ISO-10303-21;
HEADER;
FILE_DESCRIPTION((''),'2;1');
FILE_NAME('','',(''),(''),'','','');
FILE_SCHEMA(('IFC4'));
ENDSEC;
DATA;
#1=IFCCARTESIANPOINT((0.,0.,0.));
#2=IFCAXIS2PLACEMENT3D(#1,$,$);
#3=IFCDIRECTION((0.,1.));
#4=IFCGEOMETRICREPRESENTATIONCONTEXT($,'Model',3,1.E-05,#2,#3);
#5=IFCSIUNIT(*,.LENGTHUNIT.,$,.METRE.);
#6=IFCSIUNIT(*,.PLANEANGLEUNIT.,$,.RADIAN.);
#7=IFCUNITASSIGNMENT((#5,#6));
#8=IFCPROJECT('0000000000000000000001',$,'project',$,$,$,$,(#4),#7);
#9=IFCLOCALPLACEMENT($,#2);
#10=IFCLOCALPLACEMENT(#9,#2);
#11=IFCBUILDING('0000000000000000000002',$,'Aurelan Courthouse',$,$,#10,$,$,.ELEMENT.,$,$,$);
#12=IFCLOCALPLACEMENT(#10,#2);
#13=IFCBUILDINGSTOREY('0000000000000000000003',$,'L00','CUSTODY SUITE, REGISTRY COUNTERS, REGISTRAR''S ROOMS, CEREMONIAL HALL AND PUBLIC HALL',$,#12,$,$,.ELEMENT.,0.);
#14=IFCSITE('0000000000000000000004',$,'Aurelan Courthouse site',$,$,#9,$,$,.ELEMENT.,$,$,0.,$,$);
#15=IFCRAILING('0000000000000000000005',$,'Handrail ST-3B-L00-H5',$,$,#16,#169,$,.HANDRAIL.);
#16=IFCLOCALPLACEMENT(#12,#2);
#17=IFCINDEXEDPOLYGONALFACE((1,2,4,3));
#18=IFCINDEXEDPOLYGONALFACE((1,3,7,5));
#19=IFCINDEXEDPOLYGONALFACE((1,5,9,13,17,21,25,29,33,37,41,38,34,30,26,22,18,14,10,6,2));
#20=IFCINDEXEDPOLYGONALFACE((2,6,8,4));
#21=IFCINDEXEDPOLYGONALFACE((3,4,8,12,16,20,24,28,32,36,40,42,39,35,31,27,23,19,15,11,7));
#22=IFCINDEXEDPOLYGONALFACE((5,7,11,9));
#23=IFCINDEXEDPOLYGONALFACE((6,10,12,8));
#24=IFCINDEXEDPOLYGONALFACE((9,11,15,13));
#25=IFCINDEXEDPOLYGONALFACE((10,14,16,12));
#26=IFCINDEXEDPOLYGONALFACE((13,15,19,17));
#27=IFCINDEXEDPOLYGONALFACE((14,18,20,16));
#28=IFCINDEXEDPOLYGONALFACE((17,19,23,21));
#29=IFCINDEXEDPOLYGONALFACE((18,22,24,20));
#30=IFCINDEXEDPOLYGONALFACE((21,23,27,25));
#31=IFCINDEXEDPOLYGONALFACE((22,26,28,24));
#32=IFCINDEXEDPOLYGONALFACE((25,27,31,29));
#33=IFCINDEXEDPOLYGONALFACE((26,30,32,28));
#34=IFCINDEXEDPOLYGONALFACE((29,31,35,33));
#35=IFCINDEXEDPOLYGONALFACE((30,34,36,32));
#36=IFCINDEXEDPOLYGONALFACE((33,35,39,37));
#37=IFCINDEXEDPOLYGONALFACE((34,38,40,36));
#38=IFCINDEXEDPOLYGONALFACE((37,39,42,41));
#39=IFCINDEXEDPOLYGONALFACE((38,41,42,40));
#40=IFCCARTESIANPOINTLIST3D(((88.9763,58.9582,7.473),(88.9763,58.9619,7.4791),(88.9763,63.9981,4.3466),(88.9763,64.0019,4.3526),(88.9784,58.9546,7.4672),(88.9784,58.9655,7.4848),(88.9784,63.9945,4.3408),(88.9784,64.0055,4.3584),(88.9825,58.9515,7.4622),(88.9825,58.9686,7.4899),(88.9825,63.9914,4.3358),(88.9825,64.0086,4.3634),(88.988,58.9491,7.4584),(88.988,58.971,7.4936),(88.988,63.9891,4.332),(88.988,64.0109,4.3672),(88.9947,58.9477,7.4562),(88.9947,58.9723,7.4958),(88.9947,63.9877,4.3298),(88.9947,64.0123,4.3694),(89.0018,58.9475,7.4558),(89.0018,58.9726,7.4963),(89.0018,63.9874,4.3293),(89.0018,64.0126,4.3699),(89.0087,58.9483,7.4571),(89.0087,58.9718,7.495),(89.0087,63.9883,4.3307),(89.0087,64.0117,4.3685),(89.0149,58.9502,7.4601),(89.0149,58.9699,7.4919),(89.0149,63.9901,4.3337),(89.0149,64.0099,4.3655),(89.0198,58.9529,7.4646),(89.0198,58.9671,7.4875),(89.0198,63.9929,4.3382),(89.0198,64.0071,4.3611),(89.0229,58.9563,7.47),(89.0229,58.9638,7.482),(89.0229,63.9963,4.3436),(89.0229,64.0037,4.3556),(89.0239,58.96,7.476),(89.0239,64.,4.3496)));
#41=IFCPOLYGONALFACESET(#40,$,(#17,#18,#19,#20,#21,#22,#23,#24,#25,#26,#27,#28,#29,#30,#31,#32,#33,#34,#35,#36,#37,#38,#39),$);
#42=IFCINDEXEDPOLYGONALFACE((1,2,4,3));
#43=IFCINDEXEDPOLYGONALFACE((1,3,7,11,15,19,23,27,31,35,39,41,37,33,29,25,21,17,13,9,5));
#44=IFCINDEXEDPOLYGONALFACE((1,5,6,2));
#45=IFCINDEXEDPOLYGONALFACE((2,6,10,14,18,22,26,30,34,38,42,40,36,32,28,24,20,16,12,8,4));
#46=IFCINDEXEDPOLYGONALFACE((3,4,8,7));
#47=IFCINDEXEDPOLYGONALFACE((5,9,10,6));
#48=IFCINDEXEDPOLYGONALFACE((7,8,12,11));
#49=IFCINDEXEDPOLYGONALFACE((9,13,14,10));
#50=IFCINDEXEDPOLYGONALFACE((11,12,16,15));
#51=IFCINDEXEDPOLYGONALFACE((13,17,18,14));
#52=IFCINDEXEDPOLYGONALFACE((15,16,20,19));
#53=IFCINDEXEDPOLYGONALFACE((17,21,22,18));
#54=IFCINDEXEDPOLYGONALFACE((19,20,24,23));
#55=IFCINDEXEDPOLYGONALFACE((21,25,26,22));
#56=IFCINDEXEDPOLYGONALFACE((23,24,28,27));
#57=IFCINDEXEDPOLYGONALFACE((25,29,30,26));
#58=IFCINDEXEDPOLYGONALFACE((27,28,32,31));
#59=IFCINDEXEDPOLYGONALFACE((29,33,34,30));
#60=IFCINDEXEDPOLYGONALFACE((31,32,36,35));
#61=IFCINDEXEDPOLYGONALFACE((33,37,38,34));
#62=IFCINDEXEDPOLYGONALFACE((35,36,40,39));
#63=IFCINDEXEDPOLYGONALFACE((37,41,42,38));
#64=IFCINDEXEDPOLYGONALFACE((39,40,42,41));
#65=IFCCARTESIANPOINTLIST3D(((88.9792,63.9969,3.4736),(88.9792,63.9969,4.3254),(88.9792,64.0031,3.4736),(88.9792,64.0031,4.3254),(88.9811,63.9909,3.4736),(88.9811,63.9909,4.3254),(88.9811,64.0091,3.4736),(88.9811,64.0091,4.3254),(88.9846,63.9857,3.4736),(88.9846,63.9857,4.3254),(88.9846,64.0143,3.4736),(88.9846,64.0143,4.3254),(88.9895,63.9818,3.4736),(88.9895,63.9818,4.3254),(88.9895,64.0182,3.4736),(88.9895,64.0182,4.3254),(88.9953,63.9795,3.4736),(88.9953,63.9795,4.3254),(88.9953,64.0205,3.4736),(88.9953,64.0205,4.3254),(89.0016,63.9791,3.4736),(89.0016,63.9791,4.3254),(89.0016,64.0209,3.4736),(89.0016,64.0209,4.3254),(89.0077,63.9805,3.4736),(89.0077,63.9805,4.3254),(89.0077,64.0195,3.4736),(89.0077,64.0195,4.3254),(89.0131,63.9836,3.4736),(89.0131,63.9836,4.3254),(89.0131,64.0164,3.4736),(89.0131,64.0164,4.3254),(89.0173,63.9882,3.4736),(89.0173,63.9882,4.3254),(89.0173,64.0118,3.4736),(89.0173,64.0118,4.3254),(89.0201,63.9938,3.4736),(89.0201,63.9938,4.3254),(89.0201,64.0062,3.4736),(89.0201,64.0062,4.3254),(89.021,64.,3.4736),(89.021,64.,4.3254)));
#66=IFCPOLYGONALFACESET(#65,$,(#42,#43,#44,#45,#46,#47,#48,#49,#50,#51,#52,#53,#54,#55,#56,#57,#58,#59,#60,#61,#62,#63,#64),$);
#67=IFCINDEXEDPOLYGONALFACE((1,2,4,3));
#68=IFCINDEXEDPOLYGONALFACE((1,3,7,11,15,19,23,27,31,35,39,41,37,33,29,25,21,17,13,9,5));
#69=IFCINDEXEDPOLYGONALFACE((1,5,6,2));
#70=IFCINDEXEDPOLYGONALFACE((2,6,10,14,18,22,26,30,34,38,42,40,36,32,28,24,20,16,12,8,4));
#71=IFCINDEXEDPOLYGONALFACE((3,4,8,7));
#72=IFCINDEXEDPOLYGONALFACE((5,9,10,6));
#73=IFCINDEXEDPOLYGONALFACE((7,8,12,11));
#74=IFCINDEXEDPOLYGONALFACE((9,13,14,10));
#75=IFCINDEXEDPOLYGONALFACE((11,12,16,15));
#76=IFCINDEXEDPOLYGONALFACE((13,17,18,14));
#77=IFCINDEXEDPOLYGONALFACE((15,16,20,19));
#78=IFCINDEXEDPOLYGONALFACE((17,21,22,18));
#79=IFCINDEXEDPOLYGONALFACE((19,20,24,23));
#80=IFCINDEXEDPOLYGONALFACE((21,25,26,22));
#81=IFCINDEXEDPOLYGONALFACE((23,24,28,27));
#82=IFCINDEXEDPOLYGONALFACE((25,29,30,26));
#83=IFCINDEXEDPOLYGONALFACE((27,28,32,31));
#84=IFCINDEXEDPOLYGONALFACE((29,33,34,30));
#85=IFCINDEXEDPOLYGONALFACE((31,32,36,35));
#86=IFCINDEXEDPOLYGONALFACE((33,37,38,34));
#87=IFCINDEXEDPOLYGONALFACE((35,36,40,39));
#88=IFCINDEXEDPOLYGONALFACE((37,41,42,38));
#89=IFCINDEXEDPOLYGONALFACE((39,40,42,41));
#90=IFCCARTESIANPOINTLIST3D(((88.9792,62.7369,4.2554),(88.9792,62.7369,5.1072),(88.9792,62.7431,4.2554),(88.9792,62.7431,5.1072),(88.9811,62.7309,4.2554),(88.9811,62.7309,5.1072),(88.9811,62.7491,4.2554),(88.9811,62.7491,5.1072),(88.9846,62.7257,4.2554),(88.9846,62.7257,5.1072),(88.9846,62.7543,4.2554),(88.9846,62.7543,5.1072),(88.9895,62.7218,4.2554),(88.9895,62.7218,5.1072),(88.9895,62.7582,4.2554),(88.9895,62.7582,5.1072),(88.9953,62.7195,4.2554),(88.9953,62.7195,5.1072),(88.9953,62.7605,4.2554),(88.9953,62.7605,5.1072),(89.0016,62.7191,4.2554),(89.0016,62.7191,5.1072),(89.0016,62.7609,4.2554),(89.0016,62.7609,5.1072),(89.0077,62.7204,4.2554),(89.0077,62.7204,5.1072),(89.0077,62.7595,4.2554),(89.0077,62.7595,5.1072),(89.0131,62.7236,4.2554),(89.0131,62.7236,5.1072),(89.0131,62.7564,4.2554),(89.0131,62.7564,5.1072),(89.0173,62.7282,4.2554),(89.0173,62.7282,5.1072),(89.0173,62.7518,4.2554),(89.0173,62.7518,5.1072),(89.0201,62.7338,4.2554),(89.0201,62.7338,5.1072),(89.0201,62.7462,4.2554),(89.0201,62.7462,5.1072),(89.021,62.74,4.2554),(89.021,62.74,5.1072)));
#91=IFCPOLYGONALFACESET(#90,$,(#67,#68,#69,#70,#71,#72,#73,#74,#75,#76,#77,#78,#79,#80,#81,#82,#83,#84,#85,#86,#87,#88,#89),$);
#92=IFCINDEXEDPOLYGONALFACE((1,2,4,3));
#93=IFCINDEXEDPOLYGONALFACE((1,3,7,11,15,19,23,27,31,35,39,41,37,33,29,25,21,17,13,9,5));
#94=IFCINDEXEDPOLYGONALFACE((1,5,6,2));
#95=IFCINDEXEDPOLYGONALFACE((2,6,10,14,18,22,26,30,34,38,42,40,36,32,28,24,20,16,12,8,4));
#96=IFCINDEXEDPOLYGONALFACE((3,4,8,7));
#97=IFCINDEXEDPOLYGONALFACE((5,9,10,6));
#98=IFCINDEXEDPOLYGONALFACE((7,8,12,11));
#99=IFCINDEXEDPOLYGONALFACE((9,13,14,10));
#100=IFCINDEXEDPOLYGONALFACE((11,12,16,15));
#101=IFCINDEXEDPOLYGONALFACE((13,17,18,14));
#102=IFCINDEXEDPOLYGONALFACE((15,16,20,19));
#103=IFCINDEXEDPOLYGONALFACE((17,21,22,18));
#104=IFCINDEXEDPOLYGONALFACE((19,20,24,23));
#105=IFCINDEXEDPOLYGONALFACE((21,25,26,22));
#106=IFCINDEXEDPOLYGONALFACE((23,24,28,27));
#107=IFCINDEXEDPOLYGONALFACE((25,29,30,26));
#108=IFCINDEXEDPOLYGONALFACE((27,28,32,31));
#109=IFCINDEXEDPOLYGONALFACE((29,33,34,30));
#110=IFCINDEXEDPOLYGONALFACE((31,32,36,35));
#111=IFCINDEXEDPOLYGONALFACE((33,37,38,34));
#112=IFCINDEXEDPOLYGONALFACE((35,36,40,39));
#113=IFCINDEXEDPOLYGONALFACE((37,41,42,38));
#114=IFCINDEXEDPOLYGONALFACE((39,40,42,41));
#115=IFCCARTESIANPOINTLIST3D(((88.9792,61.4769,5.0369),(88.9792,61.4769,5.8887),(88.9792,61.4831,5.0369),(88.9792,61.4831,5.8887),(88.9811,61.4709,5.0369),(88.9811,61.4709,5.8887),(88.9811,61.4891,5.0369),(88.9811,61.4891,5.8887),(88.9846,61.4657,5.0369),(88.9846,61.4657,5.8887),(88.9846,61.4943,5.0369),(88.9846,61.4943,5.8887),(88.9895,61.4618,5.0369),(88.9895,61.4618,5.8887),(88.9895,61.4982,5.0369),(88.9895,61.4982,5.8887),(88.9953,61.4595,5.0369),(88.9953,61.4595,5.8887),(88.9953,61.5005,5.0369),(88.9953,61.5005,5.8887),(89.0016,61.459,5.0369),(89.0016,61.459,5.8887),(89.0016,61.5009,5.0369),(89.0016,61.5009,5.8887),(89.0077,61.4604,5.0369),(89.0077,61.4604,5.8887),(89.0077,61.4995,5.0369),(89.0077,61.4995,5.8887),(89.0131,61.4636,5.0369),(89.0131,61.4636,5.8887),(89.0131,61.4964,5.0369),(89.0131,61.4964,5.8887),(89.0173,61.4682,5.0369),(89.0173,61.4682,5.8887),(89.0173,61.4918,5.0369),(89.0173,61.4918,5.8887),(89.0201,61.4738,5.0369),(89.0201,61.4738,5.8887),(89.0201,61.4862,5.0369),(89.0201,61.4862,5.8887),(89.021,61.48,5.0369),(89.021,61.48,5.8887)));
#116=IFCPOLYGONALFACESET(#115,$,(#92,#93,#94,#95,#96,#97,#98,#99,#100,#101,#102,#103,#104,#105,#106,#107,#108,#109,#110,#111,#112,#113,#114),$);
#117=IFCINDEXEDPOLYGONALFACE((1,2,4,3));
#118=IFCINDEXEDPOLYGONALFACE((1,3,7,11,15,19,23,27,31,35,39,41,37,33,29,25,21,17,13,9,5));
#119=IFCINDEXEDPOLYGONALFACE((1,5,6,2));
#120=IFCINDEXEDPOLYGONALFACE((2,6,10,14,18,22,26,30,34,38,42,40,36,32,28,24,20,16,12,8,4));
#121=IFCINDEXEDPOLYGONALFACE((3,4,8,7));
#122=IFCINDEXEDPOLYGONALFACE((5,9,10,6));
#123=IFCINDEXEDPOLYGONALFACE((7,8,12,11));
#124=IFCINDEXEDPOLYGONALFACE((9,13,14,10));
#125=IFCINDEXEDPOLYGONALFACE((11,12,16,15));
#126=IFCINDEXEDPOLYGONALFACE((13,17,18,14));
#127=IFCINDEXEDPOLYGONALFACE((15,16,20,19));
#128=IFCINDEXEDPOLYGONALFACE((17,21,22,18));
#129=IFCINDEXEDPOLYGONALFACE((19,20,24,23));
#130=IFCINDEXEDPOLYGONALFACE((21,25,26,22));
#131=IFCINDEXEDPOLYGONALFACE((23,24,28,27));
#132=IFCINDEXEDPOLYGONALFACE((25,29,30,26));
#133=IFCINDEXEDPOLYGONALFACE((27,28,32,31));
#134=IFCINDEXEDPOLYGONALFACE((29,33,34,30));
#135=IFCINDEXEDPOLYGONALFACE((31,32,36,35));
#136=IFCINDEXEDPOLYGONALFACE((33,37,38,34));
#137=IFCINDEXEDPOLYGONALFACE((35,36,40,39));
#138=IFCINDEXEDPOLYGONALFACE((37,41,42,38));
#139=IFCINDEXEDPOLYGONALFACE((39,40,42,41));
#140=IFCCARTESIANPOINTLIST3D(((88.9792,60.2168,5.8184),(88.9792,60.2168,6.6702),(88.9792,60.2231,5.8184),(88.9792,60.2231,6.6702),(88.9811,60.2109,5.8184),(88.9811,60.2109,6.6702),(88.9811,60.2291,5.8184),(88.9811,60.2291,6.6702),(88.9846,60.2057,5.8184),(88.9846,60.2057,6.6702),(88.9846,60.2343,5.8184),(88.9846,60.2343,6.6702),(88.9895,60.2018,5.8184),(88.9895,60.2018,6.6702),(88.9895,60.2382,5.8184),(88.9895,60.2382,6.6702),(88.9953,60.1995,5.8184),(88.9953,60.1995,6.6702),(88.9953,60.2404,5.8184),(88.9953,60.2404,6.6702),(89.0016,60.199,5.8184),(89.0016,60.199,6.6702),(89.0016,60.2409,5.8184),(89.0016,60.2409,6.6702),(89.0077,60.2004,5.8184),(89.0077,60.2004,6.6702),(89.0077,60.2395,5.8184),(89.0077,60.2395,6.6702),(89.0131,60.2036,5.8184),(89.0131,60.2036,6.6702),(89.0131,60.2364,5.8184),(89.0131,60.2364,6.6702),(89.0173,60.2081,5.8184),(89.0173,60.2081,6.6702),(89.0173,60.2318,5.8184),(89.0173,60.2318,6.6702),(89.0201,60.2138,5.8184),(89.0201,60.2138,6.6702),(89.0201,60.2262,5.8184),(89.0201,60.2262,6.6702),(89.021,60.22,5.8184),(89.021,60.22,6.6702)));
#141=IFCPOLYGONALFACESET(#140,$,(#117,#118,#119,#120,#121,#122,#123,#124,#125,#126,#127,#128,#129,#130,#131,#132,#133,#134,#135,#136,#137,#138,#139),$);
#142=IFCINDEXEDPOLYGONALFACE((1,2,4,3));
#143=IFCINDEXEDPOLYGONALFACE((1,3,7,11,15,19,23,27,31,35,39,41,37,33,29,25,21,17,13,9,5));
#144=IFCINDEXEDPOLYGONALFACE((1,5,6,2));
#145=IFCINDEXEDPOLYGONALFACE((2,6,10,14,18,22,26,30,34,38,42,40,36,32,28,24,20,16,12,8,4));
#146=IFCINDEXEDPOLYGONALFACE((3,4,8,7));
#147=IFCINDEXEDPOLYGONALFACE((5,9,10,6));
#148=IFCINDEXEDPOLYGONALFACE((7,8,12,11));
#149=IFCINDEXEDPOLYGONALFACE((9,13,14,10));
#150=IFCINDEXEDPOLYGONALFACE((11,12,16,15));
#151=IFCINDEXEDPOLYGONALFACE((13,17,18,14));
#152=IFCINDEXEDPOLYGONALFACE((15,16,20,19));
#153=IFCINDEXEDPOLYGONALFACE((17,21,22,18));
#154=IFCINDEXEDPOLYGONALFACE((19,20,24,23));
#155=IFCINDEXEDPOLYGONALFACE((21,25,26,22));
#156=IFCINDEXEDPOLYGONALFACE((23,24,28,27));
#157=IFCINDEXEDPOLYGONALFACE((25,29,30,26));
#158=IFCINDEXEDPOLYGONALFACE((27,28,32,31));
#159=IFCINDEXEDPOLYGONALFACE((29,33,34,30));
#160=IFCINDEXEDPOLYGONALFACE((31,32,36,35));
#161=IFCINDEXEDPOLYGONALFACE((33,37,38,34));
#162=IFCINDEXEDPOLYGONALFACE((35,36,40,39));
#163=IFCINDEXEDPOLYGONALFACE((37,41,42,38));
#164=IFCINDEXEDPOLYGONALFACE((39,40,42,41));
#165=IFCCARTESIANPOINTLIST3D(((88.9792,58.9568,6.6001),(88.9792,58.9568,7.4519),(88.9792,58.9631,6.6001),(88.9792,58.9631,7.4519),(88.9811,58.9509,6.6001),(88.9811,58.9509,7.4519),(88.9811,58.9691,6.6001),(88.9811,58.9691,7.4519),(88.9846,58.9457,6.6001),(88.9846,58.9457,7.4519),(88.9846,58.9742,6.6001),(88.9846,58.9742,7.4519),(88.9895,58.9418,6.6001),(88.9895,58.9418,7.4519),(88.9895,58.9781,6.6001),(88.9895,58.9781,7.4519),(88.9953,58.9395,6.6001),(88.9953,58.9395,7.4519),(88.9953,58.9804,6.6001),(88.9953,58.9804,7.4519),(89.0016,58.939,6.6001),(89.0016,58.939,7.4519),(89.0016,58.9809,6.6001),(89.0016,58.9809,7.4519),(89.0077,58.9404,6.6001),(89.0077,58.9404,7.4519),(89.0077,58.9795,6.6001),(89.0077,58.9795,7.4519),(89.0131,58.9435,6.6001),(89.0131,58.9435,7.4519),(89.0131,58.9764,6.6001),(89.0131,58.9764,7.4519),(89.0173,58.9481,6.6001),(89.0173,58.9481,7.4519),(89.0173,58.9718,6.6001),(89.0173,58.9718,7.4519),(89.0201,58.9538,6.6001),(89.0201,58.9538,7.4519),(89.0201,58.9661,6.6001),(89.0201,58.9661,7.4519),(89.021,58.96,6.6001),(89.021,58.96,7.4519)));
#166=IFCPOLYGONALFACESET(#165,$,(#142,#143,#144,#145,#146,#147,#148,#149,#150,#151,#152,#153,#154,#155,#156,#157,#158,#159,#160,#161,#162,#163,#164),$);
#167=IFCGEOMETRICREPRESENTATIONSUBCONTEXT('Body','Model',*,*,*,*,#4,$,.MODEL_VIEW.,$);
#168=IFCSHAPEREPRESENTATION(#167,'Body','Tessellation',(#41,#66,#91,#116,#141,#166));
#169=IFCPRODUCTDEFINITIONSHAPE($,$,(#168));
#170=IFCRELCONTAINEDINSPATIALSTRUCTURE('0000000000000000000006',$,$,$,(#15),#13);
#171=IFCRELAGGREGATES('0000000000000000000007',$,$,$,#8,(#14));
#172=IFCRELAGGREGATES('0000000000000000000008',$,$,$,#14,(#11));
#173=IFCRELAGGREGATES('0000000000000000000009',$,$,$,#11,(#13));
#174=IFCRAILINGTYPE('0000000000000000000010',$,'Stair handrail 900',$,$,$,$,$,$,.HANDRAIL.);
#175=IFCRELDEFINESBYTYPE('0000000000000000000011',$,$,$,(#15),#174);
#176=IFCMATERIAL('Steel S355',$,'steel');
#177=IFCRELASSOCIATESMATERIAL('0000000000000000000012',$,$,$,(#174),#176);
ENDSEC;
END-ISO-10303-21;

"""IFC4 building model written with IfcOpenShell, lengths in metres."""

from ifc_helpers import new_model, si_unit, direction, frame, origin, origin_2d, place, context, subcontext, project, spatial, circle, extrude, material, type_object, element, save


model = new_model("IFC4")

# Units and contexts
model_context = context("Model", 3, precision=1e-05, world=origin(), true_north=direction((0.0, 1.0)))
body_context = subcontext(model_context, "Body", "Model", "MODEL_VIEW")
ifc_project = project(units=[si_unit("LENGTHUNIT", "METRE"), si_unit("PLANEANGLEUNIT", "RADIAN")], contexts=[model_context])

# Site, building, storey
site_placement = place(None, origin())
site = spatial("IfcSite", under=ifc_project, at=site_placement, Name="Aurelan Courthouse site", CompositionType="ELEMENT", RefElevation=0.0)
building_placement = place(site_placement, origin())
building = spatial("IfcBuilding", under=site, at=building_placement, Name="Aurelan Courthouse", CompositionType="ELEMENT")
storey_placement = place(building_placement, origin())
storey = spatial("IfcBuildingStorey", under=building, at=storey_placement, Name="L00", Description="CUSTODY SUITE, REGISTRY COUNTERS, REGISTRAR'S ROOMS, CEREMONIAL HALL AND PUBLIC HALL", CompositionType="ELEMENT", Elevation=0.0)

# Railing
ifc_material_1 = material(Name="Steel S355", Category="steel")
railing_type_1 = type_object("IfcRailingType", Name="Stair handrail 900", PredefinedType="HANDRAIL", material=ifc_material_1)
for number, where, name in (
    (1, (89.0, 64.0, 3.4736), "Handrail ST-3B-L00-H5"),
):
    element("IfcRailing", number, at=place(storey_placement, frame(where)), inside=storey, type_object=railing_type_1, Name=name, PredefinedType="HANDRAIL", context=body_context, shape_type="SweptSolid", body=[
        extrude(circle(Radius=0.0239, at=origin_2d()), frame((0.0, 0.0, 0.876), z_axis=(0.0, -0.849779, 0.527139), x_axis=(1.0, 0.0, 0.0)), (0.0, 0.0, 1.0), 5.9309),
        extrude(circle(Radius=0.021, at=origin_2d()), origin(), (0.0, 0.0, 1.0), 0.8518),
        extrude(circle(Radius=0.021, at=origin_2d()), frame((0.0, -1.26, 0.7817)), (0.0, 0.0, 1.0), 0.8518),
        extrude(circle(Radius=0.021, at=origin_2d()), frame((0.0, -2.52, 1.5632)), (0.0, 0.0, 1.0), 0.8518),
        extrude(circle(Radius=0.021, at=origin_2d()), frame((0.0, -3.78, 2.3447)), (0.0, 0.0, 1.0), 0.8518),
        extrude(circle(Radius=0.021, at=origin_2d()), frame((0.0, -5.04, 3.1265)), (0.0, 0.0, 1.0), 0.8518),
    ])

save(model, "model.ifc")
